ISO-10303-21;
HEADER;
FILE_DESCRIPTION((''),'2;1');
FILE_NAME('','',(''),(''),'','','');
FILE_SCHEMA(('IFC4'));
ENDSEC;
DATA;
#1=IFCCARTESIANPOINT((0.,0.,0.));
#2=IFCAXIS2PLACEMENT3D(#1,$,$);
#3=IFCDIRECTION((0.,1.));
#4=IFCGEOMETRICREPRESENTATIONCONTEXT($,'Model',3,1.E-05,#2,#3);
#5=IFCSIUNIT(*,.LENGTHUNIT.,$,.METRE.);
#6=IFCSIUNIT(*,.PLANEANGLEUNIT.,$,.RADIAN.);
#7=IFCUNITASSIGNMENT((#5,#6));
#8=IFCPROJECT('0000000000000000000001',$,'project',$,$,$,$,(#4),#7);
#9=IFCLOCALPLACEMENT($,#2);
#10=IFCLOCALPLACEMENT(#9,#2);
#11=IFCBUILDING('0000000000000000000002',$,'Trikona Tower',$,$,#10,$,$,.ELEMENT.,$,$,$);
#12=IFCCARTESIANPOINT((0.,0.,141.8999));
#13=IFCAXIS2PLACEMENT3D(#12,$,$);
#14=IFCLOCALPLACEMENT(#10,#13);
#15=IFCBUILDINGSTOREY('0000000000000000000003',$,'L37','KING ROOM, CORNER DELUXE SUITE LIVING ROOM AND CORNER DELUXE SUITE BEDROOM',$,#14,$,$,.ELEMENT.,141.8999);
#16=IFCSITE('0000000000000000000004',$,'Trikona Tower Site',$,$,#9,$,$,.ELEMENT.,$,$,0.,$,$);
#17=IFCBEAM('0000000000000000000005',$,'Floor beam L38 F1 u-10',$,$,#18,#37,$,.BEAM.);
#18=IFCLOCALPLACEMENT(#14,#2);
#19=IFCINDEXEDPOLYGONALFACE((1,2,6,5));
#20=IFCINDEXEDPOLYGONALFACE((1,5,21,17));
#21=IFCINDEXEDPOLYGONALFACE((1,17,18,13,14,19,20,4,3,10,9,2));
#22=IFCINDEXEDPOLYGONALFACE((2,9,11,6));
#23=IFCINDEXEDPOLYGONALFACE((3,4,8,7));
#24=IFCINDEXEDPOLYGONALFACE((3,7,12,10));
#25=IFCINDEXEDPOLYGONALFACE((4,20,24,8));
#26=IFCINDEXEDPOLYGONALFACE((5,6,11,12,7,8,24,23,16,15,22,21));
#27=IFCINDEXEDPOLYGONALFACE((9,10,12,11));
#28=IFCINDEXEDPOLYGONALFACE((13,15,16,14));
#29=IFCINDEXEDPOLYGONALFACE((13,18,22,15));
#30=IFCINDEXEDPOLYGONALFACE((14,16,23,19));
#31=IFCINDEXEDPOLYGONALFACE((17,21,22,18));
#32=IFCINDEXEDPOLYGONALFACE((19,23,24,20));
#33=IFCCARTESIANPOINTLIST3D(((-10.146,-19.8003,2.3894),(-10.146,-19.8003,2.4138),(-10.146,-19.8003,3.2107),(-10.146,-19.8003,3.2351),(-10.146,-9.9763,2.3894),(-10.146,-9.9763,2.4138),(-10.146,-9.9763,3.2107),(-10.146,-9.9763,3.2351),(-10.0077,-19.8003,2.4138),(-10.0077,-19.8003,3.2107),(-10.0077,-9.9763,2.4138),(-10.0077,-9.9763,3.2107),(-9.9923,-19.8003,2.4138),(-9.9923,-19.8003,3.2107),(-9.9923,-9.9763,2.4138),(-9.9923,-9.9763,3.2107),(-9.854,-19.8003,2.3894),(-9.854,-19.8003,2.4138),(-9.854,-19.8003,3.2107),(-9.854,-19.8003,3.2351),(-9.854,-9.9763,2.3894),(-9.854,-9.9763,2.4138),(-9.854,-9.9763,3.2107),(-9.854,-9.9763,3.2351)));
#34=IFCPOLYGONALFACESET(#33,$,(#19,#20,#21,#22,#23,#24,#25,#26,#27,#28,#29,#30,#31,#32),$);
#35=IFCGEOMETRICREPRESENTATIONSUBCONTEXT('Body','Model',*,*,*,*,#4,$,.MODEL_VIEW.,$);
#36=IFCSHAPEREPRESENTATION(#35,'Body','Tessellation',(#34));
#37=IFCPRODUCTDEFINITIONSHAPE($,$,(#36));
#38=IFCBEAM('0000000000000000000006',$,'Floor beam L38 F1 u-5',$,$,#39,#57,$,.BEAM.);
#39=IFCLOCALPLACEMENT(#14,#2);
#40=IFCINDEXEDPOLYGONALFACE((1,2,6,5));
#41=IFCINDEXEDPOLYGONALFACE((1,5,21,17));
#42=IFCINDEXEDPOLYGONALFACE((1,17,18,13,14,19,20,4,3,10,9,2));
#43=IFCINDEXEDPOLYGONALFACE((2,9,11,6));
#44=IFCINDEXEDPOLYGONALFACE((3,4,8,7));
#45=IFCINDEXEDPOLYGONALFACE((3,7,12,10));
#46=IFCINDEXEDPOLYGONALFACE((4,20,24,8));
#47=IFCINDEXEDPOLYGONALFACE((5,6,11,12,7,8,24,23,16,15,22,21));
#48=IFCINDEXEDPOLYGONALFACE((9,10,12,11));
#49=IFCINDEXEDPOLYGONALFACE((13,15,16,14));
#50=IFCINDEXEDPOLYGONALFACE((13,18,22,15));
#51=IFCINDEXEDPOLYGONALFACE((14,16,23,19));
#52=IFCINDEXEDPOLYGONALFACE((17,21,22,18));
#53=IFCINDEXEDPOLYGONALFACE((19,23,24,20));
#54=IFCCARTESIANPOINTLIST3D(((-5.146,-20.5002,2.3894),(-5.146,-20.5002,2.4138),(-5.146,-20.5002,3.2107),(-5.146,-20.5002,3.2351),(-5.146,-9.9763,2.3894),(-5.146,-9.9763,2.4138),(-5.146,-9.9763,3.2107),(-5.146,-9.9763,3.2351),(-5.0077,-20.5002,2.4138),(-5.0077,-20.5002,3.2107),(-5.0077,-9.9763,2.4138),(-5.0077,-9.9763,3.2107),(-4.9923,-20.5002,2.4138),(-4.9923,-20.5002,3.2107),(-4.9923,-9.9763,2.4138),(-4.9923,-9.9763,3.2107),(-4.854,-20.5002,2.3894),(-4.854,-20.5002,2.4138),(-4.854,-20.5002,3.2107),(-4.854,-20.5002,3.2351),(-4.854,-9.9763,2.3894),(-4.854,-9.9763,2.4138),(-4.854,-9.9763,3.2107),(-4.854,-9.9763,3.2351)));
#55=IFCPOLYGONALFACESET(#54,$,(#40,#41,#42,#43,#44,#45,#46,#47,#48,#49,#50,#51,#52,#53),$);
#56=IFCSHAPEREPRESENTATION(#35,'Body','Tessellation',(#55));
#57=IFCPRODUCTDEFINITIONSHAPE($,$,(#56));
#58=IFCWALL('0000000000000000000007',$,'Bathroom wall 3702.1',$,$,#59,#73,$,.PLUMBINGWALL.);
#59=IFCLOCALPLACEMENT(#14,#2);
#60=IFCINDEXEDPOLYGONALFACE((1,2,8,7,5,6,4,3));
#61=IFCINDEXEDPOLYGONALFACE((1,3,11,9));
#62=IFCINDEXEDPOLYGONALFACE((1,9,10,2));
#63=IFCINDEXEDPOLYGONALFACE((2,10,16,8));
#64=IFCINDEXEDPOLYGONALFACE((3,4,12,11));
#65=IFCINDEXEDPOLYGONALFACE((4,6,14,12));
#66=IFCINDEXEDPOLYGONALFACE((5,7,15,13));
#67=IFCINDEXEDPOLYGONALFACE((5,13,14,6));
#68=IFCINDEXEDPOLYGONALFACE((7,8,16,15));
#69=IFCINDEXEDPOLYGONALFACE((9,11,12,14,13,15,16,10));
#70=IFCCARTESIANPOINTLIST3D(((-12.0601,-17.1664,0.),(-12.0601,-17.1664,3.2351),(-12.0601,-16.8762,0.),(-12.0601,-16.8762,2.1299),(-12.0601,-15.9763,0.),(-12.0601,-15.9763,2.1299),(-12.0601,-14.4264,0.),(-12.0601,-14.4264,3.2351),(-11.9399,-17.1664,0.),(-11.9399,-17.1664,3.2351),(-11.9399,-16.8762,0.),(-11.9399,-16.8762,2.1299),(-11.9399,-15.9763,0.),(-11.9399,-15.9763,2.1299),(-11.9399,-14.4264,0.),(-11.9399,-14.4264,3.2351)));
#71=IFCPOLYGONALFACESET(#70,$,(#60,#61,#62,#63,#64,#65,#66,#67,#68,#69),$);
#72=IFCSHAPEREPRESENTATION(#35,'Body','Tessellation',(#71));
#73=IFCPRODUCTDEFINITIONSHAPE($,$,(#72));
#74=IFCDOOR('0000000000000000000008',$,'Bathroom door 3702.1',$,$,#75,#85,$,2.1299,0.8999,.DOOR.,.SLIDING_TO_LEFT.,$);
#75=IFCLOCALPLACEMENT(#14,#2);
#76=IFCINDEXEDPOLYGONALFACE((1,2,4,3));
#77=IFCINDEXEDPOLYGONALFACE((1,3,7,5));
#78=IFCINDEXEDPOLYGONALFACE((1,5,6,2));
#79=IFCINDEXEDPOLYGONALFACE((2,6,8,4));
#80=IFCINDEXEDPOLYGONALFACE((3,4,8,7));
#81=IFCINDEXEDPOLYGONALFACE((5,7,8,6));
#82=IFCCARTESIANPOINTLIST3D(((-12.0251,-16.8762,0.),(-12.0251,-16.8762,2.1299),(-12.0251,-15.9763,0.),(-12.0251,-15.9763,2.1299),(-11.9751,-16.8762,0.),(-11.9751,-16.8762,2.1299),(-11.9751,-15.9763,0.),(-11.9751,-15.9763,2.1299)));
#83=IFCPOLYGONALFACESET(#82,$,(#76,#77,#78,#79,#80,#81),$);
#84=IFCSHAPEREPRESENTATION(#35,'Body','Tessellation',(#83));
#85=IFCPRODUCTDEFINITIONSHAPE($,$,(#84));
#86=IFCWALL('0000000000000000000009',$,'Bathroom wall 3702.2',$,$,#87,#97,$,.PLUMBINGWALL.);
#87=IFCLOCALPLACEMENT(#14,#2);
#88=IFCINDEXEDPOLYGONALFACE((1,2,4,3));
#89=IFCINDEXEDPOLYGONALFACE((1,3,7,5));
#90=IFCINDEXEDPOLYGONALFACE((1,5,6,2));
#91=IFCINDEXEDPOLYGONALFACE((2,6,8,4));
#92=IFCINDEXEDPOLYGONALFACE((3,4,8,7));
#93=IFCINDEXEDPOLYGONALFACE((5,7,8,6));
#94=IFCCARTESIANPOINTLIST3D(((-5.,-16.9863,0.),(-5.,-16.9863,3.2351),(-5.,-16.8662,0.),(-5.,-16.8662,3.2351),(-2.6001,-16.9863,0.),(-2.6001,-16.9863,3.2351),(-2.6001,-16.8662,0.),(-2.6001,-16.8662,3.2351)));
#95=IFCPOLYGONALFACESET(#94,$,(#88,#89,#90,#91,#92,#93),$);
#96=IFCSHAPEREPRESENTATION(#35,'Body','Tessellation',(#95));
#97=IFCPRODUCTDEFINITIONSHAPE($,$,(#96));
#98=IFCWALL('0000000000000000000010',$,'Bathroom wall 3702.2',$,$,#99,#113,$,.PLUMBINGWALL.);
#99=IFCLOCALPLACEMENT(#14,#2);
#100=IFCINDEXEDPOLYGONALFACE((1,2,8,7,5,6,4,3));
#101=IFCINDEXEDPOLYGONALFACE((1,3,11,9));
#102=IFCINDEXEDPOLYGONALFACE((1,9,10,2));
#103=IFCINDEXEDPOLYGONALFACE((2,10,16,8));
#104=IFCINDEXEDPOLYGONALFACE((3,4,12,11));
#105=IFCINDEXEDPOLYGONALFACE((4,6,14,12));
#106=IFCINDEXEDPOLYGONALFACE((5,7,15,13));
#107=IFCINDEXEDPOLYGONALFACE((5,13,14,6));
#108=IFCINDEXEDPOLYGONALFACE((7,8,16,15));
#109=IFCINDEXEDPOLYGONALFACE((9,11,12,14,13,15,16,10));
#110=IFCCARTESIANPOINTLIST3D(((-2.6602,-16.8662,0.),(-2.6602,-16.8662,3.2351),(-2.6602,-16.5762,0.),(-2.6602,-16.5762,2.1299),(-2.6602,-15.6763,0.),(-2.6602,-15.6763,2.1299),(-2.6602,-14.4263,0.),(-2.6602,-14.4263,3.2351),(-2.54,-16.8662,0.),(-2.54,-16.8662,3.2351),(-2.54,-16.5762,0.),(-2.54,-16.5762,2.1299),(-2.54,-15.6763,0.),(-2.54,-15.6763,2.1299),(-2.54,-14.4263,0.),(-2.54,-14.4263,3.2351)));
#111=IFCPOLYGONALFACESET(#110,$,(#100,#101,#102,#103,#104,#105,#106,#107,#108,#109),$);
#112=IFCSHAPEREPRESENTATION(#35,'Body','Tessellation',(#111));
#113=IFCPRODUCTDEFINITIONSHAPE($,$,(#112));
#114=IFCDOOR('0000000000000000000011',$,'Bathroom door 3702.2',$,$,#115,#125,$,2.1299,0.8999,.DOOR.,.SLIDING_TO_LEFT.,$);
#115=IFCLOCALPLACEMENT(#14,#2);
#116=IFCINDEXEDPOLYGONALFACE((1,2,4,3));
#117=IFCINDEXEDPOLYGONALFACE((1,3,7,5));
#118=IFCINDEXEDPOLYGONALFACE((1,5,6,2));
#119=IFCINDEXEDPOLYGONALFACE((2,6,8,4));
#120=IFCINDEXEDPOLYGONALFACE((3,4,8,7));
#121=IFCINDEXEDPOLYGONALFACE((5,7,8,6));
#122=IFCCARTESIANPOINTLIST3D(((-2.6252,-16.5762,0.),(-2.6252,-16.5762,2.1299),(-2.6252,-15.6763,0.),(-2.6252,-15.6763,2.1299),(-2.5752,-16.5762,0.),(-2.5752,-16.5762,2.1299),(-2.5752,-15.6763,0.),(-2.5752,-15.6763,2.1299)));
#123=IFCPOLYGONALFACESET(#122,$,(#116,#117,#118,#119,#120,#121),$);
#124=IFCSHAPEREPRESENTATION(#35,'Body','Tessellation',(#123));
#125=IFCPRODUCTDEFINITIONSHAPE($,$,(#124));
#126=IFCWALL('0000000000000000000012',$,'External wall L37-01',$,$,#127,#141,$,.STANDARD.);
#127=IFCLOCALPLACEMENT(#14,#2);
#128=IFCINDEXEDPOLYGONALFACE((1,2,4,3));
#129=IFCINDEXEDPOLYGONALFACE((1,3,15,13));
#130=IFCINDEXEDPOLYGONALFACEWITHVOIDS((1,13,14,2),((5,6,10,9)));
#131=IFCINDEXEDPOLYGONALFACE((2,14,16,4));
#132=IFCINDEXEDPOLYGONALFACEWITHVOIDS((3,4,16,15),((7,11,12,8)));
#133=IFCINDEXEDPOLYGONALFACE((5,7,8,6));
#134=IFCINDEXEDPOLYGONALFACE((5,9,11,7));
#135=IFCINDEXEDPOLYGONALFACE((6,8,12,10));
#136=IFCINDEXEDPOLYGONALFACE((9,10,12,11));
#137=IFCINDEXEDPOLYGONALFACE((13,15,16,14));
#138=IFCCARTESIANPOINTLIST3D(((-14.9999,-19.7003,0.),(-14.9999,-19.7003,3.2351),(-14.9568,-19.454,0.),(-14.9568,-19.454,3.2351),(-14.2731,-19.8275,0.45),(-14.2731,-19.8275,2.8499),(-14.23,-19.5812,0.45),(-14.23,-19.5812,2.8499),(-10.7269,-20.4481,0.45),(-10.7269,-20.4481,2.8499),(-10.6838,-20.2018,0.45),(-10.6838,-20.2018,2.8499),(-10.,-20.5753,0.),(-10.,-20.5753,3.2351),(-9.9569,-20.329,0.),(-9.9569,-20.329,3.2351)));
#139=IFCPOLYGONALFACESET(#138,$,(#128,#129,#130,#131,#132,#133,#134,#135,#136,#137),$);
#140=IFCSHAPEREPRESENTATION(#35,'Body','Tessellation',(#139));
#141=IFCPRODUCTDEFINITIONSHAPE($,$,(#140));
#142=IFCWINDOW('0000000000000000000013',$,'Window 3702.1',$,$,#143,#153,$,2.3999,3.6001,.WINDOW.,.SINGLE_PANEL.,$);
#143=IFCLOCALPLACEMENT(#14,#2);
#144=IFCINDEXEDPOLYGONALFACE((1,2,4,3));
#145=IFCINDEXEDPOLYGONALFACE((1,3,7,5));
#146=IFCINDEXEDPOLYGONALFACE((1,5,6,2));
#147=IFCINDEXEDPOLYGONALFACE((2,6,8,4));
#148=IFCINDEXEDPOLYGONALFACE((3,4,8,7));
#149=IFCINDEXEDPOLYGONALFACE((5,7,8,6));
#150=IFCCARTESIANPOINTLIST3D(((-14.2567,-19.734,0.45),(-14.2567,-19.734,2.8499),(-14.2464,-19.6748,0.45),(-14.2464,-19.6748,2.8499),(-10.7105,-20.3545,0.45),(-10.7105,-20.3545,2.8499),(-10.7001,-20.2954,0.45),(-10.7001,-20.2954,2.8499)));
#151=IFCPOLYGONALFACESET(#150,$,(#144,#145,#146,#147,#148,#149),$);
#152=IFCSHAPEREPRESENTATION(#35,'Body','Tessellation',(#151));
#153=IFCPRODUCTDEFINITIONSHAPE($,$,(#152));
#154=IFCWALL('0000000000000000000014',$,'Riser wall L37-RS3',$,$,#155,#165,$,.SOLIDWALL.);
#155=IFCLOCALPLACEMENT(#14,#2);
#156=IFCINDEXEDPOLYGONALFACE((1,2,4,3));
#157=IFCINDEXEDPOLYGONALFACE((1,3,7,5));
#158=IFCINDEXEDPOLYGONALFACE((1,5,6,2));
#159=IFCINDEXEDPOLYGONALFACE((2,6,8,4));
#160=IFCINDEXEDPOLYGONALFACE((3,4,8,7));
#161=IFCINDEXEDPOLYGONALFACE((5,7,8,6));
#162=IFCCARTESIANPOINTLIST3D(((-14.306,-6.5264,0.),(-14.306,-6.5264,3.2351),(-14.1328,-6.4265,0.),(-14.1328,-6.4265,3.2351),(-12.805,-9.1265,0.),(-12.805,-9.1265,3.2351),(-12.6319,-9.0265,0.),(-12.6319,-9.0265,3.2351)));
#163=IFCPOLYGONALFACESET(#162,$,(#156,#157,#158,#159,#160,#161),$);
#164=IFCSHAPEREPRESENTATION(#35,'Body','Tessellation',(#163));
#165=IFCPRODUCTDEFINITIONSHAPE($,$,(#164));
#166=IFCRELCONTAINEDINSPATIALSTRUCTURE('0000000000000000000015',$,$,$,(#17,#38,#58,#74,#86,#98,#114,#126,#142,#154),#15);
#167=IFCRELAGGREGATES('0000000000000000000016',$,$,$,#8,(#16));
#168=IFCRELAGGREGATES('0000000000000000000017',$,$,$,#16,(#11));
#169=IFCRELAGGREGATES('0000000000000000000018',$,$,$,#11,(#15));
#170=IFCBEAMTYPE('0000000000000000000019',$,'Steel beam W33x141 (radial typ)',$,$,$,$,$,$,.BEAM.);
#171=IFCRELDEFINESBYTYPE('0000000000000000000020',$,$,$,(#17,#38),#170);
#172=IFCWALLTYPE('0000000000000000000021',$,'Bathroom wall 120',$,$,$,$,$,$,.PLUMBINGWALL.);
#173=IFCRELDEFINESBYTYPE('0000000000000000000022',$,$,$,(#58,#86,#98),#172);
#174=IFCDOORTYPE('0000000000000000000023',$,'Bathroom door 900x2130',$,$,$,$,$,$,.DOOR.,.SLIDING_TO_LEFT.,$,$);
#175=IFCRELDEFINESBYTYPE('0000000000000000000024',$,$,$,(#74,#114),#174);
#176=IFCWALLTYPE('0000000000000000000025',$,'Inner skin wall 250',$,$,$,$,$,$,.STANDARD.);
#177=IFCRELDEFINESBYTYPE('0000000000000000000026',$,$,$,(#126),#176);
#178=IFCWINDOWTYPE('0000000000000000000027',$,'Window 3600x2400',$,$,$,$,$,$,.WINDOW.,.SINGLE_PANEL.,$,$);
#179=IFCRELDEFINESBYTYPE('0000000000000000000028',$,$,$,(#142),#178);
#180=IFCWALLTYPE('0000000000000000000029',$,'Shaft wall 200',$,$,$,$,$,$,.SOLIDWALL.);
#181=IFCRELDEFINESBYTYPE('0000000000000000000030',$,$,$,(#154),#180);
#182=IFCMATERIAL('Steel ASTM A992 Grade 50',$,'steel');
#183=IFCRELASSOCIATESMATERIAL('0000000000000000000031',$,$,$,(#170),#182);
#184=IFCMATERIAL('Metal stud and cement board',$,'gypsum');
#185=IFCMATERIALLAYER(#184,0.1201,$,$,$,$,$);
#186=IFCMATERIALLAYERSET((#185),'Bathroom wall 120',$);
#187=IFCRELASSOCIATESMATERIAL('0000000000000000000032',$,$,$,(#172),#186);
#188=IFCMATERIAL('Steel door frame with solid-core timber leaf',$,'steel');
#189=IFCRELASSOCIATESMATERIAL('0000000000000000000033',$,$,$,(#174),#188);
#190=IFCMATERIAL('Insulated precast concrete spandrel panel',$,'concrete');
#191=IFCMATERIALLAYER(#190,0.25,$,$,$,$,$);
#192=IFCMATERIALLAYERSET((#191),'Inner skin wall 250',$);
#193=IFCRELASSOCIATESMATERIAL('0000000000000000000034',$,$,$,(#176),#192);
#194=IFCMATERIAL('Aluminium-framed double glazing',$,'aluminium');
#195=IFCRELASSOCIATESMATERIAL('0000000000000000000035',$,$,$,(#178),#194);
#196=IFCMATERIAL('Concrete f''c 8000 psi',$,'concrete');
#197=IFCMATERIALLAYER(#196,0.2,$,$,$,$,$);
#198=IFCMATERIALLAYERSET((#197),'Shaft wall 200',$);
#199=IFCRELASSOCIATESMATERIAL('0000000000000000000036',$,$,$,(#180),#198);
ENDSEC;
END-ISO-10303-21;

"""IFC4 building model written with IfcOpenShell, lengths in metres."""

from ifc_helpers import new_model, si_unit, direction, frame, frame_2d, origin, origin_2d, place, context, subcontext, project, spatial, rectangle, i_section, extrude, material, layer, layer_set, material_profile, profile_set, type_object, element, fill, save


model = new_model("IFC4")

# Units and contexts
model_context = context("Model", 3, precision=1e-05, world=origin(), true_north=direction((0.0, 1.0)))
body_context = subcontext(model_context, "Body", "Model", "MODEL_VIEW")
ifc_project = project(units=[si_unit("LENGTHUNIT", "METRE"), si_unit("PLANEANGLEUNIT", "RADIAN")], contexts=[model_context])

# Site, building, storey
site_placement = place(None, origin())
site = spatial("IfcSite", under=ifc_project, at=site_placement, Name="Trikona Tower Site", CompositionType="ELEMENT", RefElevation=0.0)
building_placement = place(site_placement, origin())
building = spatial("IfcBuilding", under=site, at=building_placement, Name="Trikona Tower", CompositionType="ELEMENT")
storey_placement = place(building_placement, frame((0.0, 0.0, 141.8999)))
storey = spatial("IfcBuildingStorey", under=building, at=storey_placement, Name="L37", Description="KING ROOM, CORNER DELUXE SUITE LIVING ROOM AND CORNER DELUXE SUITE BEDROOM", CompositionType="ELEMENT", Elevation=141.8999)

# Beams
ifc_material_1 = material(Name="Steel ASTM A992 Grade 50", Category="steel")
ifc_material_profile = material_profile(ifc_material_1, i_section(OverallWidth=0.292, OverallDepth=0.8457, WebThickness=0.0154, FlangeThickness=0.0244, at=origin_2d()), Name="W33X141")
ifc_profile_set = profile_set([ifc_material_profile], Name="Steel ASTM A992 Grade 50")
beam_type = type_object("IfcBeamType", Name="Steel beam W33x141 (radial typ)", PredefinedType="BEAM", material=ifc_profile_set)
beam_1_placement = place(storey_placement, frame((-10.0, -9.9763, 2.8123), z_axis=(0.0, -1.0, 0.0), x_axis=(1.0, 0.0, 0.0)))
element("IfcBeam", 1, at=beam_1_placement, inside=storey, type_object=beam_type, Name="Floor beam L38 F1 u-10", PredefinedType="BEAM", context=body_context, shape_type="SweptSolid", body=[
    extrude(i_section(OverallWidth=0.292, OverallDepth=0.8457, WebThickness=0.0154, FlangeThickness=0.0244, at=origin_2d()), origin(), (0.0, 0.0, 1.0), 9.824),
])
beam_2_placement = place(storey_placement, frame((-5.0, -9.9763, 2.8123), z_axis=(0.0, -1.0, 0.0), x_axis=(1.0, 0.0, 0.0)))
element("IfcBeam", 2, at=beam_2_placement, inside=storey, type_object=beam_type, Name="Floor beam L38 F1 u-5", PredefinedType="BEAM", context=body_context, shape_type="SweptSolid", body=[
    extrude(i_section(OverallWidth=0.292, OverallDepth=0.8457, WebThickness=0.0154, FlangeThickness=0.0244, at=origin_2d()), origin(), (0.0, 0.0, 1.0), 10.5239),
])

# Wall, opening, door
ifc_material_2 = material(Name="Metal stud and cement board", Category="gypsum")
ifc_layer_1 = layer(ifc_material_2, 0.1201)
ifc_layer_set_1 = layer_set([ifc_layer_1], Name="Bathroom wall 120")
wall_type_1 = type_object("IfcWallType", Name="Bathroom wall 120", PredefinedType="PLUMBINGWALL", material=ifc_layer_set_1)
wall_1_placement = place(storey_placement, frame((-12.0, -14.4263, 0.0), z_axis=(0.0, 0.0, 1.0), x_axis=(0.0, -1.0, 0.0)))
wall_1 = element("IfcWall", 3, at=wall_1_placement, inside=storey, type_object=wall_type_1, Name="Bathroom wall 3702.1", PredefinedType="PLUMBINGWALL", context=body_context, shape_type="SweptSolid", body=[
    extrude(rectangle(XDim=2.74, YDim=0.1201, at=frame_2d((1.3701, 0.0))), origin(), (0.0, 0.0, 1.0), 3.2351),
])
opening_1_placement = place(wall_1_placement, frame((1.55, 0.0, 0.0)))
opening_1 = element("IfcOpeningElement", 4, at=opening_1_placement, cuts=wall_1, PredefinedType="OPENING", context=body_context, shape_type="SweptSolid", body=[
    extrude(rectangle(XDim=0.8999, YDim=2.1299, at=frame_2d((0.45, 1.0649))), frame((0.0, 0.0701, 0.0), z_axis=(0.0, -1.0, 0.0), x_axis=(1.0, 0.0, 0.0)), (0.0, 0.0, 1.0), 0.1401),
])
ifc_material_3 = material(Name="Steel door frame with solid-core timber leaf", Category="steel")
door_type_1 = type_object("IfcDoorType", Name="Bathroom door 900x2130", OperationType="SLIDING_TO_LEFT", PredefinedType="DOOR", material=ifc_material_3)
door_1_placement = place(opening_1_placement, origin())
door_1 = element("IfcDoor", 5, at=door_1_placement, inside=storey, type_object=door_type_1, Name="Bathroom door 3702.1", OperationType="SLIDING_TO_LEFT", OverallHeight=2.1299, OverallWidth=0.8999, PredefinedType="DOOR", context=body_context, shape_type="SweptSolid", body=[
    extrude(rectangle(XDim=0.8999, YDim=2.1299, at=frame_2d((0.45, 1.0649))), frame((0.0, 0.0249, 0.0), z_axis=(0.0, -1.0, 0.0), x_axis=(1.0, 0.0, 0.0)), (0.0, 0.0, 1.0), 0.05),
])
fill(opening_1, door_1)

# Wall
wall_2_placement = place(storey_placement, frame((-5.0, -16.9263, 0.0), z_axis=(0.0, 0.0, 1.0), x_axis=(1.0, 0.0, 0.0)))
element("IfcWall", 6, at=wall_2_placement, inside=storey, type_object=wall_type_1, Name="Bathroom wall 3702.2", PredefinedType="PLUMBINGWALL", context=body_context, shape_type="SweptSolid", body=[
    extrude(rectangle(XDim=2.3999, YDim=0.1201, at=frame_2d((1.2, 0.0))), origin(), (0.0, 0.0, 1.0), 3.2351),
])

# Wall, opening, door
wall_3_placement = place(storey_placement, frame((-2.6001, -14.4263, 0.0), z_axis=(0.0, 0.0, 1.0), x_axis=(0.0, -1.0, 0.0)))
wall_3 = element("IfcWall", 7, at=wall_3_placement, inside=storey, type_object=wall_type_1, Name="Bathroom wall 3702.2", PredefinedType="PLUMBINGWALL", context=body_context, shape_type="SweptSolid", body=[
    extrude(rectangle(XDim=2.4399, YDim=0.1201, at=frame_2d((1.22, 0.0))), origin(), (0.0, 0.0, 1.0), 3.2351),
])
opening_2_placement = place(wall_3_placement, frame((1.25, 0.0, 0.0)))
opening_2 = element("IfcOpeningElement", 8, at=opening_2_placement, cuts=wall_3, PredefinedType="OPENING", context=body_context, shape_type="SweptSolid", body=[
    extrude(rectangle(XDim=0.8999, YDim=2.1299, at=frame_2d((0.45, 1.0649))), frame((0.0, 0.0701, 0.0), z_axis=(0.0, -1.0, 0.0), x_axis=(1.0, 0.0, 0.0)), (0.0, 0.0, 1.0), 0.1401),
])
door_2_placement = place(opening_2_placement, origin())
door_2 = element("IfcDoor", 9, at=door_2_placement, inside=storey, type_object=door_type_1, Name="Bathroom door 3702.2", OperationType="SLIDING_TO_LEFT", OverallHeight=2.1299, OverallWidth=0.8999, PredefinedType="DOOR", context=body_context, shape_type="SweptSolid", body=[
    extrude(rectangle(XDim=0.8999, YDim=2.1299, at=frame_2d((0.45, 1.0649))), frame((0.0, 0.0249, 0.0), z_axis=(0.0, -1.0, 0.0), x_axis=(1.0, 0.0, 0.0)), (0.0, 0.0, 1.0), 0.05),
])
fill(opening_2, door_2)

# Wall, opening, window
ifc_material_4 = material(Name="Insulated precast concrete spandrel panel", Category="concrete")
ifc_layer_2 = layer(ifc_material_4, 0.25)
ifc_layer_set_2 = layer_set([ifc_layer_2], Name="Inner skin wall 250")
wall_type_2 = type_object("IfcWallType", Name="Inner skin wall 250", PredefinedType="STANDARD", material=ifc_layer_set_2)
wall_4_placement = place(storey_placement, frame((-14.9785, -19.5771, 0.0), z_axis=(0.0, 0.0, 1.0), x_axis=(0.98503, -0.17238, 0.0)))
wall_4 = element("IfcWall", 10, at=wall_4_placement, inside=storey, type_object=wall_type_2, Name="External wall L37-01", PredefinedType="STANDARD", context=body_context, shape_type="SweptSolid", body=[
    extrude(rectangle(XDim=5.0759, YDim=0.25, at=frame_2d((2.5381, 0.0))), origin(), (0.0, 0.0, 1.0), 3.2351),
])
opening_3_placement = place(wall_4_placement, frame((0.738, 0.0, 0.45)))
opening_3 = element("IfcOpeningElement", 11, at=opening_3_placement, cuts=wall_4, PredefinedType="OPENING", context=body_context, shape_type="SweptSolid", body=[
    extrude(rectangle(XDim=3.6001, YDim=2.3999, at=frame_2d((1.8, 1.2))), frame((0.0, 0.135, 0.0), z_axis=(0.0, -1.0, 0.0), x_axis=(1.0, 0.0, 0.0)), (0.0, 0.0, 1.0), 0.27),
])
ifc_material_5 = material(Name="Aluminium-framed double glazing", Category="aluminium")
window_type = type_object("IfcWindowType", Name="Window 3600x2400", PartitioningType="SINGLE_PANEL", PredefinedType="WINDOW", material=ifc_material_5)
window_placement = place(opening_3_placement, origin())
window = element("IfcWindow", 12, at=window_placement, inside=storey, type_object=window_type, Name="Window 3702.1", OverallHeight=2.3999, OverallWidth=3.6001, PartitioningType="SINGLE_PANEL", PredefinedType="WINDOW", context=body_context, shape_type="SweptSolid", body=[
    extrude(rectangle(XDim=3.6001, YDim=2.3999, at=frame_2d((1.8, 1.2))), frame((0.0, 0.03, 0.0), z_axis=(0.0, -1.0, 0.0), x_axis=(1.0, 0.0, 0.0)), (0.0, 0.0, 1.0), 0.0601),
])
fill(opening_3, window)

# Wall
ifc_material_6 = material(Name="Concrete f'c 8000 psi", Category="concrete")
ifc_layer_3 = layer(ifc_material_6, 0.2)
ifc_layer_set_3 = layer_set([ifc_layer_3], Name="Shaft wall 200")
wall_type_3 = type_object("IfcWallType", Name="Shaft wall 200", PredefinedType="SOLIDWALL", material=ifc_layer_set_3)
wall_5_placement = place(storey_placement, frame((-12.7185, -9.0764, 0.0), z_axis=(0.0, 0.0, 1.0), x_axis=(-0.499952, 0.866053, 0.0)))
element("IfcWall", 13, at=wall_5_placement, inside=storey, type_object=wall_type_3, Name="Riser wall L37-RS3", PredefinedType="SOLIDWALL", context=body_context, shape_type="SweptSolid", body=[
    extrude(rectangle(XDim=3.0022, YDim=0.2, at=frame_2d((1.501, 0.0))), origin(), (0.0, 0.0, 1.0), 3.2351),
])

save(model, "model.ifc")
